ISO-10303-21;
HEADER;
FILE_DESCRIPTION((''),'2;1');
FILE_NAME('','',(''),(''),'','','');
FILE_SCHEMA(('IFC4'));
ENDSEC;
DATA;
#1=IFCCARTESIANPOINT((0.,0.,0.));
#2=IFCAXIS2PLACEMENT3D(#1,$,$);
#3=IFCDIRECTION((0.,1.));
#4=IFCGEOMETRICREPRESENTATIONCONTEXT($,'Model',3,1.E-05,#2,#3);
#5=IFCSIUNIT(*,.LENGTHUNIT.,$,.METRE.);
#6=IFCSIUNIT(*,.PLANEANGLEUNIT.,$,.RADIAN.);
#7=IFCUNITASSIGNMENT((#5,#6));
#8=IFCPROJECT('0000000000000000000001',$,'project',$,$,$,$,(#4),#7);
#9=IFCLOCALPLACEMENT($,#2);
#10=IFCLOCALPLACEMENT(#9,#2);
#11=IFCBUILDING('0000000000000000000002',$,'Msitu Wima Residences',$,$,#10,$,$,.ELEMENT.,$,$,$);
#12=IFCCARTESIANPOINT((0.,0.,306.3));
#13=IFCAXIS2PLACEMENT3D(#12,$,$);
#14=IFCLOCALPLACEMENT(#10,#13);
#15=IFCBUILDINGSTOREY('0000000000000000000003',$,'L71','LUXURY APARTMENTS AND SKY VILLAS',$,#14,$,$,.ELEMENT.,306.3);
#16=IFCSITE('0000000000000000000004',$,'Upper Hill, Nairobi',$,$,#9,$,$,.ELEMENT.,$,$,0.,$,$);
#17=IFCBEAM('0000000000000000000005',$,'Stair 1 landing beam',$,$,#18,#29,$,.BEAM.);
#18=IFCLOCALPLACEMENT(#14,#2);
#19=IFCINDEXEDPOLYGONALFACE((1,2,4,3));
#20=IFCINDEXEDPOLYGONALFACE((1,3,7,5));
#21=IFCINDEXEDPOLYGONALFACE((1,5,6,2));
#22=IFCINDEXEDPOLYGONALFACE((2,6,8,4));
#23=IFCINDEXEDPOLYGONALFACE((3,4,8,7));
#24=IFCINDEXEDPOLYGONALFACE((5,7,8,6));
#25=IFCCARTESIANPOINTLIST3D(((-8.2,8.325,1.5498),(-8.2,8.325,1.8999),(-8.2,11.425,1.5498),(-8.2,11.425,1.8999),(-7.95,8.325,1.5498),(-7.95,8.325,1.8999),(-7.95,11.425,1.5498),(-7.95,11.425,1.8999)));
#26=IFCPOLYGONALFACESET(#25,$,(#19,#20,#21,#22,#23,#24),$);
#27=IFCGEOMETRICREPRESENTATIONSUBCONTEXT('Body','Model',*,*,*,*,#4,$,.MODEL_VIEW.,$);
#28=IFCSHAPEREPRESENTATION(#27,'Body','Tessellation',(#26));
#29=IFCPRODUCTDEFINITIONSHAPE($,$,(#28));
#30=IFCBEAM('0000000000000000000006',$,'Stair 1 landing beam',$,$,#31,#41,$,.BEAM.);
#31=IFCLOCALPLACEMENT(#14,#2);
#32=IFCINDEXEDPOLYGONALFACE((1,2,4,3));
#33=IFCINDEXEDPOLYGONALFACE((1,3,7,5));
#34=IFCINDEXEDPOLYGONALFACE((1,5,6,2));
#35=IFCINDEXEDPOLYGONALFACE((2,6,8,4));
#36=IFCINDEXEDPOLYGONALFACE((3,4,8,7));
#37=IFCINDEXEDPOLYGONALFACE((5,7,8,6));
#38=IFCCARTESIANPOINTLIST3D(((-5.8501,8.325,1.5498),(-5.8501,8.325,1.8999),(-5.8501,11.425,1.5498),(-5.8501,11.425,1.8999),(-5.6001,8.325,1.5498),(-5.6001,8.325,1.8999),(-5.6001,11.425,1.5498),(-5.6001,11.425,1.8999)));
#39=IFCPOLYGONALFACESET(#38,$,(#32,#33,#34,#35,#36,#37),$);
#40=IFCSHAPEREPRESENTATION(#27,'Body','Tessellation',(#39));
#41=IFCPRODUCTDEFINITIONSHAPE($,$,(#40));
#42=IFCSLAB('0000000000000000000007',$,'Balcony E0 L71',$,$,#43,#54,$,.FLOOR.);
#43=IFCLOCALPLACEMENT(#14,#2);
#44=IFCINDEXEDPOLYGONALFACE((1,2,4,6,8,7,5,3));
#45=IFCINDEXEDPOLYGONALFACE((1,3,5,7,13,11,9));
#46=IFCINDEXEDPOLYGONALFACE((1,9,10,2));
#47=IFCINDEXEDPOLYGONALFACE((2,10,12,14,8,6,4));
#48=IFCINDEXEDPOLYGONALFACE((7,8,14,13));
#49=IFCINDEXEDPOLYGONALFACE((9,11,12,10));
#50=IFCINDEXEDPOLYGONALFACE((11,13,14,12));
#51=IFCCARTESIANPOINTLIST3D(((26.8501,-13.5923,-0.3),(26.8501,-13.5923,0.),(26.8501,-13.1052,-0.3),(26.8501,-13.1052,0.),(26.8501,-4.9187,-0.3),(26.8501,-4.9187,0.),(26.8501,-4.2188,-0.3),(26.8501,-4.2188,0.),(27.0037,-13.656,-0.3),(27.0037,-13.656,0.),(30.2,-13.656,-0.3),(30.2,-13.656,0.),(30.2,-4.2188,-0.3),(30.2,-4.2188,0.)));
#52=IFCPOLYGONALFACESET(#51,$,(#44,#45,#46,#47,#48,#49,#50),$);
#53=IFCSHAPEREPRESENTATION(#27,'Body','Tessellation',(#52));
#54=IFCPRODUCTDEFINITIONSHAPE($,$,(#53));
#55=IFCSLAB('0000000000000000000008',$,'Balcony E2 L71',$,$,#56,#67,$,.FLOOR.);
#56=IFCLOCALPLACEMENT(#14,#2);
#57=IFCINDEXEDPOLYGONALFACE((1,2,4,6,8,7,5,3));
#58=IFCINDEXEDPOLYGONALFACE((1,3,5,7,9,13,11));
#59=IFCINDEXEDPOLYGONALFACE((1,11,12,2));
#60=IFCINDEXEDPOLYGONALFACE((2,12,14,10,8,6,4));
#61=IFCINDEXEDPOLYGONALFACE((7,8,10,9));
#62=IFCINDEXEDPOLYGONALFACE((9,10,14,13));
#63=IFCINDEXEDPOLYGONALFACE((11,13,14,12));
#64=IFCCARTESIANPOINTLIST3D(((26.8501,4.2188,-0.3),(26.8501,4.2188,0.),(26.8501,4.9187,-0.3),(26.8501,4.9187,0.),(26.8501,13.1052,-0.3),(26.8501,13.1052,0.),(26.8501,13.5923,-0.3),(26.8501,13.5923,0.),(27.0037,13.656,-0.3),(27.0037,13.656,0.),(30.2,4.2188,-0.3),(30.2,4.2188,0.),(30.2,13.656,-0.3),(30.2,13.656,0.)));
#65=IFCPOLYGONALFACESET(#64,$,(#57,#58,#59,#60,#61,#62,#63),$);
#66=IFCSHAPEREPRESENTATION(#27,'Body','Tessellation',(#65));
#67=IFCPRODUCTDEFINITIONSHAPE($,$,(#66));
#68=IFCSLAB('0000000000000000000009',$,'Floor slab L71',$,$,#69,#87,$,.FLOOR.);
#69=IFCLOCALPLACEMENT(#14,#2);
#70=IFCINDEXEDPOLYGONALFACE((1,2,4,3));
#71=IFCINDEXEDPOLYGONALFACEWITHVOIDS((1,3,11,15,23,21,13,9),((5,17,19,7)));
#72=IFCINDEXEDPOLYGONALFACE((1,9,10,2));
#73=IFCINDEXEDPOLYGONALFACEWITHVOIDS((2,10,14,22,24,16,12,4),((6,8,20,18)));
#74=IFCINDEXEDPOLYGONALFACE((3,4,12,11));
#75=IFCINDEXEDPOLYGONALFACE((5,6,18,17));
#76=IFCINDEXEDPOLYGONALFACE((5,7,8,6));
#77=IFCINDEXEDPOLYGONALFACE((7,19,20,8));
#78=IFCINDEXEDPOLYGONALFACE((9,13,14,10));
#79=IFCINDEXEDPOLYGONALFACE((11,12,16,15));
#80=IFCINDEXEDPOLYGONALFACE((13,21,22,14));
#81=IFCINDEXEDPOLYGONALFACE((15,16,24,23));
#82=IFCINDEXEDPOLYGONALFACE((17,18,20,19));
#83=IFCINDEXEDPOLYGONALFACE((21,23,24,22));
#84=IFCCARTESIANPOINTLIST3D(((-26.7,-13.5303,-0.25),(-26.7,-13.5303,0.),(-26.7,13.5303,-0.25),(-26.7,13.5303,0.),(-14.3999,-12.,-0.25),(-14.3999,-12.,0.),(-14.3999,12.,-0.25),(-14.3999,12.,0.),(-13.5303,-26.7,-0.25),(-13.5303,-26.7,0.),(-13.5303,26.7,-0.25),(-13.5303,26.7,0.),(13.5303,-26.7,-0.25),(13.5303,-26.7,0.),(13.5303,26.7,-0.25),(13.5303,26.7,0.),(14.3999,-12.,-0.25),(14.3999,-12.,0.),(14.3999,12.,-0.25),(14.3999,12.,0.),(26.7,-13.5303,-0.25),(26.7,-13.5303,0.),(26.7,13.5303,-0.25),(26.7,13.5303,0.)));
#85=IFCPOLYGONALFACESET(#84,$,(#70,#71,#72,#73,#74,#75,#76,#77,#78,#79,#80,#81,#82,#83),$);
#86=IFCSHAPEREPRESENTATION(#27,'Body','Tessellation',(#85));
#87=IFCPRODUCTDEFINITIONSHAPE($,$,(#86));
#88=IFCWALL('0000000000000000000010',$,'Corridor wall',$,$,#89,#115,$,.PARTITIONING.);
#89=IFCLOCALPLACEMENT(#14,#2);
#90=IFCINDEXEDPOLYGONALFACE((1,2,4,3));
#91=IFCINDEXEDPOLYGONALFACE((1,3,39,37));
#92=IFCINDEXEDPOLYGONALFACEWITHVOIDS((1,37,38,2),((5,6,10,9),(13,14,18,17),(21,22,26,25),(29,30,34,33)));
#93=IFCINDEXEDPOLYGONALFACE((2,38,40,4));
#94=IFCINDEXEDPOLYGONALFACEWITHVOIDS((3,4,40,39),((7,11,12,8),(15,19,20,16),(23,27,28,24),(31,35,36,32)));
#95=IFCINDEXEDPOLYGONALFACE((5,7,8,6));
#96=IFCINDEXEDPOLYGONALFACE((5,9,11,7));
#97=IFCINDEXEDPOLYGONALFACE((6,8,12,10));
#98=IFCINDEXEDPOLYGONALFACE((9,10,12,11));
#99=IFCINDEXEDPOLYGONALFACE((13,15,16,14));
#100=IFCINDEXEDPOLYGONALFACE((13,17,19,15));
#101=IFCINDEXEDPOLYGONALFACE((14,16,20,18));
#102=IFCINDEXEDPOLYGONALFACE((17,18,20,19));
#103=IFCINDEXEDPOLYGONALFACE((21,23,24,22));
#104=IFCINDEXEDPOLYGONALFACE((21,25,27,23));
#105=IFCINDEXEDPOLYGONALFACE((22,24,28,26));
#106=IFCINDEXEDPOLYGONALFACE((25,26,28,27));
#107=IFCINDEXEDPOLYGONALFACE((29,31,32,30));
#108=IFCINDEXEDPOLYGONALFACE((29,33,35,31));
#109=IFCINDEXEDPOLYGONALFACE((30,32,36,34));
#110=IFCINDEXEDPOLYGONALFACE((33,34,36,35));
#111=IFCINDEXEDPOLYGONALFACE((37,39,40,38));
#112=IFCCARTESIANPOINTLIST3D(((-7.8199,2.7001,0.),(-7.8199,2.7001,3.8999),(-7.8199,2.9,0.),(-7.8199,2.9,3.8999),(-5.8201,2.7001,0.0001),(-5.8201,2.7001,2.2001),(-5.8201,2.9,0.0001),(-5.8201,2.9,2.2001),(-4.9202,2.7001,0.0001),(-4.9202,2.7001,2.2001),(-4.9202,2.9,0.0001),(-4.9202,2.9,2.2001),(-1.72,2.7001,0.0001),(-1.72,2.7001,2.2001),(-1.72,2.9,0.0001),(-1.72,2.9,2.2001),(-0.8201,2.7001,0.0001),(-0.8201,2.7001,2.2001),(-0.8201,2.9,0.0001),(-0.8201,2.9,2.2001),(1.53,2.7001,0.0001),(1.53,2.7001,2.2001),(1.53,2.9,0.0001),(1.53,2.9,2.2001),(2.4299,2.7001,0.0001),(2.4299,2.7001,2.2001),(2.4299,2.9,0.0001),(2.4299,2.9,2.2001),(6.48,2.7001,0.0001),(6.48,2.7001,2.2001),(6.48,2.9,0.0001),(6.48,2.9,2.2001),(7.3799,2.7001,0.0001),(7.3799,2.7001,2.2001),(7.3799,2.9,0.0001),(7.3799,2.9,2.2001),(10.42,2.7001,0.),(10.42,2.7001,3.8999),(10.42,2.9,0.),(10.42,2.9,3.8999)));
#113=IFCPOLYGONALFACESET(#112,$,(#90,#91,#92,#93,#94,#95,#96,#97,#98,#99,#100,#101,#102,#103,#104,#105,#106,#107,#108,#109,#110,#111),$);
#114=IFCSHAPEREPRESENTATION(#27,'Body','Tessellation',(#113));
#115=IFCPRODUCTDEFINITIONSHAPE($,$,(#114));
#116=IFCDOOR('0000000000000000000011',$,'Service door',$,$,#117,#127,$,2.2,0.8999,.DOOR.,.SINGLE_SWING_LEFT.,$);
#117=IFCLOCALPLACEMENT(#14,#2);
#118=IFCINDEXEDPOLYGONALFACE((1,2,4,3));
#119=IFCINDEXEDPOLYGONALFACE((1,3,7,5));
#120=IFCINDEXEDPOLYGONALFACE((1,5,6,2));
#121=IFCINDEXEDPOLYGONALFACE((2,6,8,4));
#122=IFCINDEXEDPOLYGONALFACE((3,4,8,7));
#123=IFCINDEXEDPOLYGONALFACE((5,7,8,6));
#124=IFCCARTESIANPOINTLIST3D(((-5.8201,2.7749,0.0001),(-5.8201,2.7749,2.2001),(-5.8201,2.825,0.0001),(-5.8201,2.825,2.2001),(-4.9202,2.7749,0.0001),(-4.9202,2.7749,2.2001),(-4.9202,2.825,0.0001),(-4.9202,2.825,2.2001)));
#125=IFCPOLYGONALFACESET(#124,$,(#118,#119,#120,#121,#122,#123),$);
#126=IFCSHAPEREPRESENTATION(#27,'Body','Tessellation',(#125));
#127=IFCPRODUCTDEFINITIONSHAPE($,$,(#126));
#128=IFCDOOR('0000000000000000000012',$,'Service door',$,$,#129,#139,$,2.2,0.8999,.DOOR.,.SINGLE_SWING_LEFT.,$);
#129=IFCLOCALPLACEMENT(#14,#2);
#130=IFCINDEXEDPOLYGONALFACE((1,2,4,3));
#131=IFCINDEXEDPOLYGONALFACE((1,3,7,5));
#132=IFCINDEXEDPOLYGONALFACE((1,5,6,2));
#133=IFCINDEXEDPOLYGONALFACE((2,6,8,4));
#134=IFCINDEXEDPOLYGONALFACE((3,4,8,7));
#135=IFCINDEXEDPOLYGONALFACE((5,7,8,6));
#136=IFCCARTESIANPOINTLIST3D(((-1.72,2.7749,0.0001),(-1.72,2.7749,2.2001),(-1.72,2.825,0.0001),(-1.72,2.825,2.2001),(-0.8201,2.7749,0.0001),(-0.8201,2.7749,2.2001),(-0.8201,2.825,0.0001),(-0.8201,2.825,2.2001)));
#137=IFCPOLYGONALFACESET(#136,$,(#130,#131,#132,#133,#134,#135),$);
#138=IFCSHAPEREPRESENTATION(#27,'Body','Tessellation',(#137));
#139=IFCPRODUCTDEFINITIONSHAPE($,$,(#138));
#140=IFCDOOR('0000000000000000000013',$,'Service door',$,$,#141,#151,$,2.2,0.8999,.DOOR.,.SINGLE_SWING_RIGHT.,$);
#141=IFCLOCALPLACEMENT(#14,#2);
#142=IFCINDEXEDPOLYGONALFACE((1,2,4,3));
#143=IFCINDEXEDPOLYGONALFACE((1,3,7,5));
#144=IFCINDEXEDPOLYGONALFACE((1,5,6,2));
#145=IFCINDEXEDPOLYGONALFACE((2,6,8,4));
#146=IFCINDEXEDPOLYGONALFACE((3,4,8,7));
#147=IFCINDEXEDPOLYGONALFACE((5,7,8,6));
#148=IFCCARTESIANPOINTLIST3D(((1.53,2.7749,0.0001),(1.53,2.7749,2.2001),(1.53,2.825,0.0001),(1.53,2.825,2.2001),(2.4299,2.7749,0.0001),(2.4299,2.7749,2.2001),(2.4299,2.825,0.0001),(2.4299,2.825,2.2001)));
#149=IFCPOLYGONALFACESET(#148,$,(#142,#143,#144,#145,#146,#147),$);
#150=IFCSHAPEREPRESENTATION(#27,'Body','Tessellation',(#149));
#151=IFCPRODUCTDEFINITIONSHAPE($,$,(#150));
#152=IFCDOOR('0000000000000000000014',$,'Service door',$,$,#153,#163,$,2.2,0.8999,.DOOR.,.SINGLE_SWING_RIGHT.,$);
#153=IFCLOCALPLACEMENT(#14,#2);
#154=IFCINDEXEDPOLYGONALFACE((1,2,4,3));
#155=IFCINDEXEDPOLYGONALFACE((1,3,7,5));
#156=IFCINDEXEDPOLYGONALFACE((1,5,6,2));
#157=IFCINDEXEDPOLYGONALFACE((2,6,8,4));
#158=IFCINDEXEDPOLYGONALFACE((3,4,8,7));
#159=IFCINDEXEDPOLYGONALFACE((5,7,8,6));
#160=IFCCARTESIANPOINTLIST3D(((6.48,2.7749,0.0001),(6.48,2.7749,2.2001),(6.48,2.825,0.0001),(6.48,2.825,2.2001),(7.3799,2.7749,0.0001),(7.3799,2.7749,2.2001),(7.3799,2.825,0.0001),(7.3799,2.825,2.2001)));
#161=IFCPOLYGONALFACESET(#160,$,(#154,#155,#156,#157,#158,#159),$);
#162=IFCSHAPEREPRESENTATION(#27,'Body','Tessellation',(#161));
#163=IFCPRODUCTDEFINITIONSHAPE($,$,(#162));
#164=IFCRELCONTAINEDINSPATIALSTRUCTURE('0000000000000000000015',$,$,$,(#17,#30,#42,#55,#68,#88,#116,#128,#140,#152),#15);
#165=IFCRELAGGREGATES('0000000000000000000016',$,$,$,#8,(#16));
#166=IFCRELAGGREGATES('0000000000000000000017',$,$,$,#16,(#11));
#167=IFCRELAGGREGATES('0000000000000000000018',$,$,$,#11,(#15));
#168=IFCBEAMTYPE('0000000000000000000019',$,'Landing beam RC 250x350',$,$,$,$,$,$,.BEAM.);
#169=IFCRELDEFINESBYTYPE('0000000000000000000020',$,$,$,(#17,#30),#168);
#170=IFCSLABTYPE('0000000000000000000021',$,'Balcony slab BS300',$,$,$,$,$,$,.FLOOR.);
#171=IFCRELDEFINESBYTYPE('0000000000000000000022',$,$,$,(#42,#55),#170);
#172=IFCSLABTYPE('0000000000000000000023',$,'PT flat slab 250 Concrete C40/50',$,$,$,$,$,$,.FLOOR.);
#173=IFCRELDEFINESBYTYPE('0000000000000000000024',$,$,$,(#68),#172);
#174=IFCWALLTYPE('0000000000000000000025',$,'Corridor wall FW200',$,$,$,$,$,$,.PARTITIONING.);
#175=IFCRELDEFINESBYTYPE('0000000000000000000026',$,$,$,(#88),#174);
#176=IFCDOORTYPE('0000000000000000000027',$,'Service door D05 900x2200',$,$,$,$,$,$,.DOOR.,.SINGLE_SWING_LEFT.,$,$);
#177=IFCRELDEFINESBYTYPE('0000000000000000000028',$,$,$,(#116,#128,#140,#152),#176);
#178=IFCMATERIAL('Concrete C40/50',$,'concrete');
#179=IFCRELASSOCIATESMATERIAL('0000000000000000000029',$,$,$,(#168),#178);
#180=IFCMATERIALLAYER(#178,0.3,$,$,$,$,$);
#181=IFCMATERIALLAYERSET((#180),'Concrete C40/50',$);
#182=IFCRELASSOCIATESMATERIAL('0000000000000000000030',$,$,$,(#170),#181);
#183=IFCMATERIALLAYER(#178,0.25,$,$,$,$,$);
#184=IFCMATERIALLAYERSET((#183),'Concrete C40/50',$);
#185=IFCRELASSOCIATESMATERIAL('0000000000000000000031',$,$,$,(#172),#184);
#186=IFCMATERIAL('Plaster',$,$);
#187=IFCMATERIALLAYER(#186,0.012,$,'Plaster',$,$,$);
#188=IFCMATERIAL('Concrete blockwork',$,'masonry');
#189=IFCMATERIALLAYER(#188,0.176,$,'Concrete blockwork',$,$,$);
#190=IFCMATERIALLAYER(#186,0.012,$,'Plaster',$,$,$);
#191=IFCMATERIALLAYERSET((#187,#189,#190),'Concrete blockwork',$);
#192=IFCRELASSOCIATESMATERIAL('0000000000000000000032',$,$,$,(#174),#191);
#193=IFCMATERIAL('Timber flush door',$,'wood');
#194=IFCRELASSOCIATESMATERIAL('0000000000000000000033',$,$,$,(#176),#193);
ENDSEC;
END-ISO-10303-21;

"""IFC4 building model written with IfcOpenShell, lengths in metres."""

from ifc_helpers import new_model, si_unit, direction, frame, frame_2d, origin, origin_2d, place, context, subcontext, project, spatial, polyline, rectangle, outline, extrude, material, layer, layer_set, material_profile, profile_set, type_object, element, fill, save


model = new_model("IFC4")

# Units and contexts
model_context = context("Model", 3, precision=1e-05, world=origin(), true_north=direction((0.0, 1.0)))
body_context = subcontext(model_context, "Body", "Model", "MODEL_VIEW")
ifc_project = project(units=[si_unit("LENGTHUNIT", "METRE"), si_unit("PLANEANGLEUNIT", "RADIAN")], contexts=[model_context])

# Site, building, storey
site_placement = place(None, origin())
site = spatial("IfcSite", under=ifc_project, at=site_placement, Name="Upper Hill, Nairobi", CompositionType="ELEMENT", RefElevation=0.0)
building_placement = place(site_placement, origin())
building = spatial("IfcBuilding", under=site, at=building_placement, Name="Msitu Wima Residences", CompositionType="ELEMENT")
storey_placement = place(building_placement, frame((0.0, 0.0, 306.3)))
storey = spatial("IfcBuildingStorey", under=building, at=storey_placement, Name="L71", Description="LUXURY APARTMENTS AND SKY VILLAS", CompositionType="ELEMENT", Elevation=306.3)

# Beams
ifc_material_1 = material(Name="Concrete C40/50", Category="concrete")
ifc_material_profile = material_profile(ifc_material_1, rectangle(XDim=0.25, YDim=0.3501, at=origin_2d()), Name="RC 250x350")
ifc_profile_set = profile_set([ifc_material_profile], Name="Concrete C40/50")
beam_type = type_object("IfcBeamType", Name="Landing beam RC 250x350", PredefinedType="BEAM", material=ifc_profile_set)
for number, where, z_axis, x_axis, name in (
    (1, (-8.075, 8.325, 1.7249), (0.0, 1.0, 0.0), (-1.0, 0.0, 0.0), "Stair 1 landing beam"),
    (2, (-5.7251, 8.325, 1.7249), (0.0, 1.0, 0.0), (-1.0, 0.0, 0.0), "Stair 1 landing beam"),
):
    element("IfcBeam", number, at=place(storey_placement, frame(where, z_axis=z_axis, x_axis=x_axis)), inside=storey, type_object=beam_type, Name=name, PredefinedType="BEAM", context=body_context, shape_type="SweptSolid", body=[
        extrude(rectangle(XDim=0.25, YDim=0.3501, at=origin_2d()), origin(), (0.0, 0.0, 1.0), 3.1001),
    ])

# Slabs
ifc_layer_1 = layer(ifc_material_1, 0.3)
ifc_layer_set_1 = layer_set([ifc_layer_1], Name="Concrete C40/50")
slab_type_1 = type_object("IfcSlabType", Name="Balcony slab BS300", PredefinedType="FLOOR", material=ifc_layer_set_1)
slab_1_placement = place(storey_placement, frame((0.0, 0.0, -0.3)))
element("IfcSlab", 3, at=slab_1_placement, inside=storey, type_object=slab_type_1, Name="Balcony E0 L71", PredefinedType="FLOOR", context=body_context, shape_type="SweptSolid", body=[
    extrude(outline(polyline([(26.8501, -13.1052), (26.8501, -13.1052), (26.8501, -4.9187), (26.8501, -4.2188), (30.2, -4.2188), (30.2, -13.656), (27.0037, -13.656), (26.8501, -13.5923), (26.8501, -13.1052), (26.8501, -13.1052)])), origin(), (0.0, 0.0, 1.0), 0.3),
])
slab_2_placement = place(storey_placement, frame((0.0, 0.0, -0.3)))
element("IfcSlab", 4, at=slab_2_placement, inside=storey, type_object=slab_type_1, Name="Balcony E2 L71", PredefinedType="FLOOR", context=body_context, shape_type="SweptSolid", body=[
    extrude(outline(polyline([(26.8501, 13.1052), (26.8501, 13.1052), (26.8501, 13.1052), (26.8501, 13.5923), (27.0037, 13.656), (30.2, 13.656), (30.2, 4.2188), (26.8501, 4.2188), (26.8501, 4.9187), (26.8501, 13.1052)])), origin(), (0.0, 0.0, 1.0), 0.3),
])
ifc_layer_2 = layer(ifc_material_1, 0.25)
ifc_layer_set_2 = layer_set([ifc_layer_2], Name="Concrete C40/50")
slab_type_2 = type_object("IfcSlabType", Name="PT flat slab 250 Concrete C40/50", PredefinedType="FLOOR", material=ifc_layer_set_2)
slab_3_placement = place(storey_placement, frame((0.0, 0.0, -0.25)))
element("IfcSlab", 5, at=slab_3_placement, inside=storey, type_object=slab_type_2, Name="Floor slab L71", PredefinedType="FLOOR", context=body_context, shape_type="SweptSolid", body=[
    extrude(outline(polyline([(26.7, -13.5303), (13.5303, -26.7), (-13.5303, -26.7), (-26.7, -13.5303), (-26.7, 13.5303), (-13.5303, 26.7), (13.5303, 26.7), (26.7, 13.5303), (26.7, -13.5303)]), holes=[polyline([(-14.3999, -12.0), (14.3999, -12.0), (14.3999, 12.0), (-14.3999, 12.0), (-14.3999, -12.0)])]), origin(), (0.0, 0.0, 1.0), 0.25),
])

# Wall, openings, doors
ifc_material_2 = material(Name="Plaster")
ifc_layer_3 = layer(ifc_material_2, 0.012, Name="Plaster")
ifc_material_3 = material(Name="Concrete blockwork", Category="masonry")
ifc_layer_4 = layer(ifc_material_3, 0.176, Name="Concrete blockwork")
ifc_layer_5 = layer(ifc_material_2, 0.012, Name="Plaster")
ifc_layer_set_3 = layer_set([ifc_layer_3, ifc_layer_4, ifc_layer_5], Name="Concrete blockwork")
wall_type_1 = type_object("IfcWallType", Name="Corridor wall FW200", PredefinedType="PARTITIONING", material=ifc_layer_set_3)
wall_1_placement = place(storey_placement, frame((-7.8201, 2.8, 0.0), z_axis=(0.0, 0.0, 1.0), x_axis=(1.0, 0.0, 0.0)))
wall_1 = element("IfcWall", 6, at=wall_1_placement, inside=storey, type_object=wall_type_1, Name="Corridor wall", PredefinedType="PARTITIONING", context=body_context, shape_type="SweptSolid", body=[
    extrude(rectangle(XDim=18.24, YDim=0.2, at=frame_2d((9.1201, 0.0))), origin(), (0.0, 0.0, 1.0), 3.8999),
])
opening_1_placement = place(wall_1_placement, frame((2.0, 0.0, 0.0)))
opening_1 = element("IfcOpeningElement", 7, at=opening_1_placement, cuts=wall_1, PredefinedType="OPENING", context=body_context, shape_type="SweptSolid", body=[
    extrude(rectangle(XDim=0.8999, YDim=2.2, at=frame_2d((0.45, 1.1001))), frame((0.0, 0.1099, 0.0), z_axis=(0.0, -1.0, 0.0), x_axis=(1.0, 0.0, 0.0)), (0.0, 0.0, 1.0), 0.22),
])
opening_2_placement = place(wall_1_placement, frame((6.1001, 0.0, 0.0)))
opening_2 = element("IfcOpeningElement", 8, at=opening_2_placement, cuts=wall_1, PredefinedType="OPENING", context=body_context, shape_type="SweptSolid", body=[
    extrude(rectangle(XDim=0.8999, YDim=2.2, at=frame_2d((0.45, 1.1001))), frame((0.0, 0.1099, 0.0), z_axis=(0.0, -1.0, 0.0), x_axis=(1.0, 0.0, 0.0)), (0.0, 0.0, 1.0), 0.22),
])
opening_3_placement = place(wall_1_placement, frame((9.3501, 0.0, 0.0)))
opening_3 = element("IfcOpeningElement", 9, at=opening_3_placement, cuts=wall_1, PredefinedType="OPENING", context=body_context, shape_type="SweptSolid", body=[
    extrude(rectangle(XDim=0.8999, YDim=2.2, at=frame_2d((0.45, 1.1001))), frame((0.0, 0.1099, 0.0), z_axis=(0.0, -1.0, 0.0), x_axis=(1.0, 0.0, 0.0)), (0.0, 0.0, 1.0), 0.22),
])
opening_4_placement = place(wall_1_placement, frame((14.3, 0.0, 0.0)))
opening_4 = element("IfcOpeningElement", 10, at=opening_4_placement, cuts=wall_1, PredefinedType="OPENING", context=body_context, shape_type="SweptSolid", body=[
    extrude(rectangle(XDim=0.8999, YDim=2.2, at=frame_2d((0.45, 1.1001))), frame((0.0, 0.1099, 0.0), z_axis=(0.0, -1.0, 0.0), x_axis=(1.0, 0.0, 0.0)), (0.0, 0.0, 1.0), 0.22),
])
ifc_material_4 = material(Name="Timber flush door", Category="wood")
door_type_1 = type_object("IfcDoorType", Name="Service door D05 900x2200", OperationType="SINGLE_SWING_LEFT", PredefinedType="DOOR", material=ifc_material_4)
door_1_placement = place(opening_1_placement, origin())
door_1 = element("IfcDoor", 11, at=door_1_placement, inside=storey, type_object=door_type_1, Name="Service door", OperationType="SINGLE_SWING_LEFT", OverallHeight=2.2, OverallWidth=0.8999, PredefinedType="DOOR", context=body_context, shape_type="SweptSolid", body=[
    extrude(rectangle(XDim=0.8999, YDim=2.2, at=frame_2d((0.45, 1.1001))), frame((0.0, 0.0249, 0.0), z_axis=(0.0, -1.0, 0.0), x_axis=(1.0, 0.0, 0.0)), (0.0, 0.0, 1.0), 0.05),
])
fill(opening_1, door_1)
door_2_placement = place(opening_2_placement, origin())
door_2 = element("IfcDoor", 12, at=door_2_placement, inside=storey, type_object=door_type_1, Name="Service door", OperationType="SINGLE_SWING_LEFT", OverallHeight=2.2, OverallWidth=0.8999, PredefinedType="DOOR", context=body_context, shape_type="SweptSolid", body=[
    extrude(rectangle(XDim=0.8999, YDim=2.2, at=frame_2d((0.45, 1.1001))), frame((0.0, 0.0249, 0.0), z_axis=(0.0, -1.0, 0.0), x_axis=(1.0, 0.0, 0.0)), (0.0, 0.0, 1.0), 0.05),
])
fill(opening_2, door_2)
door_3_placement = place(opening_3_placement, origin())
door_3 = element("IfcDoor", 13, at=door_3_placement, inside=storey, type_object=door_type_1, Name="Service door", OperationType="SINGLE_SWING_RIGHT", OverallHeight=2.2, OverallWidth=0.8999, PredefinedType="DOOR", context=body_context, shape_type="SweptSolid", body=[
    extrude(rectangle(XDim=0.8999, YDim=2.2, at=frame_2d((0.45, 1.1001))), frame((0.0, 0.0249, 0.0), z_axis=(0.0, -1.0, 0.0), x_axis=(1.0, 0.0, 0.0)), (0.0, 0.0, 1.0), 0.05),
])
fill(opening_3, door_3)
door_4_placement = place(opening_4_placement, origin())
door_4 = element("IfcDoor", 14, at=door_4_placement, inside=storey, type_object=door_type_1, Name="Service door", OperationType="SINGLE_SWING_RIGHT", OverallHeight=2.2, OverallWidth=0.8999, PredefinedType="DOOR", context=body_context, shape_type="SweptSolid", body=[
    extrude(rectangle(XDim=0.8999, YDim=2.2, at=frame_2d((0.45, 1.1001))), frame((0.0, 0.0249, 0.0), z_axis=(0.0, -1.0, 0.0), x_axis=(1.0, 0.0, 0.0)), (0.0, 0.0, 1.0), 0.05),
])
fill(opening_4, door_4)

save(model, "model.ifc")
